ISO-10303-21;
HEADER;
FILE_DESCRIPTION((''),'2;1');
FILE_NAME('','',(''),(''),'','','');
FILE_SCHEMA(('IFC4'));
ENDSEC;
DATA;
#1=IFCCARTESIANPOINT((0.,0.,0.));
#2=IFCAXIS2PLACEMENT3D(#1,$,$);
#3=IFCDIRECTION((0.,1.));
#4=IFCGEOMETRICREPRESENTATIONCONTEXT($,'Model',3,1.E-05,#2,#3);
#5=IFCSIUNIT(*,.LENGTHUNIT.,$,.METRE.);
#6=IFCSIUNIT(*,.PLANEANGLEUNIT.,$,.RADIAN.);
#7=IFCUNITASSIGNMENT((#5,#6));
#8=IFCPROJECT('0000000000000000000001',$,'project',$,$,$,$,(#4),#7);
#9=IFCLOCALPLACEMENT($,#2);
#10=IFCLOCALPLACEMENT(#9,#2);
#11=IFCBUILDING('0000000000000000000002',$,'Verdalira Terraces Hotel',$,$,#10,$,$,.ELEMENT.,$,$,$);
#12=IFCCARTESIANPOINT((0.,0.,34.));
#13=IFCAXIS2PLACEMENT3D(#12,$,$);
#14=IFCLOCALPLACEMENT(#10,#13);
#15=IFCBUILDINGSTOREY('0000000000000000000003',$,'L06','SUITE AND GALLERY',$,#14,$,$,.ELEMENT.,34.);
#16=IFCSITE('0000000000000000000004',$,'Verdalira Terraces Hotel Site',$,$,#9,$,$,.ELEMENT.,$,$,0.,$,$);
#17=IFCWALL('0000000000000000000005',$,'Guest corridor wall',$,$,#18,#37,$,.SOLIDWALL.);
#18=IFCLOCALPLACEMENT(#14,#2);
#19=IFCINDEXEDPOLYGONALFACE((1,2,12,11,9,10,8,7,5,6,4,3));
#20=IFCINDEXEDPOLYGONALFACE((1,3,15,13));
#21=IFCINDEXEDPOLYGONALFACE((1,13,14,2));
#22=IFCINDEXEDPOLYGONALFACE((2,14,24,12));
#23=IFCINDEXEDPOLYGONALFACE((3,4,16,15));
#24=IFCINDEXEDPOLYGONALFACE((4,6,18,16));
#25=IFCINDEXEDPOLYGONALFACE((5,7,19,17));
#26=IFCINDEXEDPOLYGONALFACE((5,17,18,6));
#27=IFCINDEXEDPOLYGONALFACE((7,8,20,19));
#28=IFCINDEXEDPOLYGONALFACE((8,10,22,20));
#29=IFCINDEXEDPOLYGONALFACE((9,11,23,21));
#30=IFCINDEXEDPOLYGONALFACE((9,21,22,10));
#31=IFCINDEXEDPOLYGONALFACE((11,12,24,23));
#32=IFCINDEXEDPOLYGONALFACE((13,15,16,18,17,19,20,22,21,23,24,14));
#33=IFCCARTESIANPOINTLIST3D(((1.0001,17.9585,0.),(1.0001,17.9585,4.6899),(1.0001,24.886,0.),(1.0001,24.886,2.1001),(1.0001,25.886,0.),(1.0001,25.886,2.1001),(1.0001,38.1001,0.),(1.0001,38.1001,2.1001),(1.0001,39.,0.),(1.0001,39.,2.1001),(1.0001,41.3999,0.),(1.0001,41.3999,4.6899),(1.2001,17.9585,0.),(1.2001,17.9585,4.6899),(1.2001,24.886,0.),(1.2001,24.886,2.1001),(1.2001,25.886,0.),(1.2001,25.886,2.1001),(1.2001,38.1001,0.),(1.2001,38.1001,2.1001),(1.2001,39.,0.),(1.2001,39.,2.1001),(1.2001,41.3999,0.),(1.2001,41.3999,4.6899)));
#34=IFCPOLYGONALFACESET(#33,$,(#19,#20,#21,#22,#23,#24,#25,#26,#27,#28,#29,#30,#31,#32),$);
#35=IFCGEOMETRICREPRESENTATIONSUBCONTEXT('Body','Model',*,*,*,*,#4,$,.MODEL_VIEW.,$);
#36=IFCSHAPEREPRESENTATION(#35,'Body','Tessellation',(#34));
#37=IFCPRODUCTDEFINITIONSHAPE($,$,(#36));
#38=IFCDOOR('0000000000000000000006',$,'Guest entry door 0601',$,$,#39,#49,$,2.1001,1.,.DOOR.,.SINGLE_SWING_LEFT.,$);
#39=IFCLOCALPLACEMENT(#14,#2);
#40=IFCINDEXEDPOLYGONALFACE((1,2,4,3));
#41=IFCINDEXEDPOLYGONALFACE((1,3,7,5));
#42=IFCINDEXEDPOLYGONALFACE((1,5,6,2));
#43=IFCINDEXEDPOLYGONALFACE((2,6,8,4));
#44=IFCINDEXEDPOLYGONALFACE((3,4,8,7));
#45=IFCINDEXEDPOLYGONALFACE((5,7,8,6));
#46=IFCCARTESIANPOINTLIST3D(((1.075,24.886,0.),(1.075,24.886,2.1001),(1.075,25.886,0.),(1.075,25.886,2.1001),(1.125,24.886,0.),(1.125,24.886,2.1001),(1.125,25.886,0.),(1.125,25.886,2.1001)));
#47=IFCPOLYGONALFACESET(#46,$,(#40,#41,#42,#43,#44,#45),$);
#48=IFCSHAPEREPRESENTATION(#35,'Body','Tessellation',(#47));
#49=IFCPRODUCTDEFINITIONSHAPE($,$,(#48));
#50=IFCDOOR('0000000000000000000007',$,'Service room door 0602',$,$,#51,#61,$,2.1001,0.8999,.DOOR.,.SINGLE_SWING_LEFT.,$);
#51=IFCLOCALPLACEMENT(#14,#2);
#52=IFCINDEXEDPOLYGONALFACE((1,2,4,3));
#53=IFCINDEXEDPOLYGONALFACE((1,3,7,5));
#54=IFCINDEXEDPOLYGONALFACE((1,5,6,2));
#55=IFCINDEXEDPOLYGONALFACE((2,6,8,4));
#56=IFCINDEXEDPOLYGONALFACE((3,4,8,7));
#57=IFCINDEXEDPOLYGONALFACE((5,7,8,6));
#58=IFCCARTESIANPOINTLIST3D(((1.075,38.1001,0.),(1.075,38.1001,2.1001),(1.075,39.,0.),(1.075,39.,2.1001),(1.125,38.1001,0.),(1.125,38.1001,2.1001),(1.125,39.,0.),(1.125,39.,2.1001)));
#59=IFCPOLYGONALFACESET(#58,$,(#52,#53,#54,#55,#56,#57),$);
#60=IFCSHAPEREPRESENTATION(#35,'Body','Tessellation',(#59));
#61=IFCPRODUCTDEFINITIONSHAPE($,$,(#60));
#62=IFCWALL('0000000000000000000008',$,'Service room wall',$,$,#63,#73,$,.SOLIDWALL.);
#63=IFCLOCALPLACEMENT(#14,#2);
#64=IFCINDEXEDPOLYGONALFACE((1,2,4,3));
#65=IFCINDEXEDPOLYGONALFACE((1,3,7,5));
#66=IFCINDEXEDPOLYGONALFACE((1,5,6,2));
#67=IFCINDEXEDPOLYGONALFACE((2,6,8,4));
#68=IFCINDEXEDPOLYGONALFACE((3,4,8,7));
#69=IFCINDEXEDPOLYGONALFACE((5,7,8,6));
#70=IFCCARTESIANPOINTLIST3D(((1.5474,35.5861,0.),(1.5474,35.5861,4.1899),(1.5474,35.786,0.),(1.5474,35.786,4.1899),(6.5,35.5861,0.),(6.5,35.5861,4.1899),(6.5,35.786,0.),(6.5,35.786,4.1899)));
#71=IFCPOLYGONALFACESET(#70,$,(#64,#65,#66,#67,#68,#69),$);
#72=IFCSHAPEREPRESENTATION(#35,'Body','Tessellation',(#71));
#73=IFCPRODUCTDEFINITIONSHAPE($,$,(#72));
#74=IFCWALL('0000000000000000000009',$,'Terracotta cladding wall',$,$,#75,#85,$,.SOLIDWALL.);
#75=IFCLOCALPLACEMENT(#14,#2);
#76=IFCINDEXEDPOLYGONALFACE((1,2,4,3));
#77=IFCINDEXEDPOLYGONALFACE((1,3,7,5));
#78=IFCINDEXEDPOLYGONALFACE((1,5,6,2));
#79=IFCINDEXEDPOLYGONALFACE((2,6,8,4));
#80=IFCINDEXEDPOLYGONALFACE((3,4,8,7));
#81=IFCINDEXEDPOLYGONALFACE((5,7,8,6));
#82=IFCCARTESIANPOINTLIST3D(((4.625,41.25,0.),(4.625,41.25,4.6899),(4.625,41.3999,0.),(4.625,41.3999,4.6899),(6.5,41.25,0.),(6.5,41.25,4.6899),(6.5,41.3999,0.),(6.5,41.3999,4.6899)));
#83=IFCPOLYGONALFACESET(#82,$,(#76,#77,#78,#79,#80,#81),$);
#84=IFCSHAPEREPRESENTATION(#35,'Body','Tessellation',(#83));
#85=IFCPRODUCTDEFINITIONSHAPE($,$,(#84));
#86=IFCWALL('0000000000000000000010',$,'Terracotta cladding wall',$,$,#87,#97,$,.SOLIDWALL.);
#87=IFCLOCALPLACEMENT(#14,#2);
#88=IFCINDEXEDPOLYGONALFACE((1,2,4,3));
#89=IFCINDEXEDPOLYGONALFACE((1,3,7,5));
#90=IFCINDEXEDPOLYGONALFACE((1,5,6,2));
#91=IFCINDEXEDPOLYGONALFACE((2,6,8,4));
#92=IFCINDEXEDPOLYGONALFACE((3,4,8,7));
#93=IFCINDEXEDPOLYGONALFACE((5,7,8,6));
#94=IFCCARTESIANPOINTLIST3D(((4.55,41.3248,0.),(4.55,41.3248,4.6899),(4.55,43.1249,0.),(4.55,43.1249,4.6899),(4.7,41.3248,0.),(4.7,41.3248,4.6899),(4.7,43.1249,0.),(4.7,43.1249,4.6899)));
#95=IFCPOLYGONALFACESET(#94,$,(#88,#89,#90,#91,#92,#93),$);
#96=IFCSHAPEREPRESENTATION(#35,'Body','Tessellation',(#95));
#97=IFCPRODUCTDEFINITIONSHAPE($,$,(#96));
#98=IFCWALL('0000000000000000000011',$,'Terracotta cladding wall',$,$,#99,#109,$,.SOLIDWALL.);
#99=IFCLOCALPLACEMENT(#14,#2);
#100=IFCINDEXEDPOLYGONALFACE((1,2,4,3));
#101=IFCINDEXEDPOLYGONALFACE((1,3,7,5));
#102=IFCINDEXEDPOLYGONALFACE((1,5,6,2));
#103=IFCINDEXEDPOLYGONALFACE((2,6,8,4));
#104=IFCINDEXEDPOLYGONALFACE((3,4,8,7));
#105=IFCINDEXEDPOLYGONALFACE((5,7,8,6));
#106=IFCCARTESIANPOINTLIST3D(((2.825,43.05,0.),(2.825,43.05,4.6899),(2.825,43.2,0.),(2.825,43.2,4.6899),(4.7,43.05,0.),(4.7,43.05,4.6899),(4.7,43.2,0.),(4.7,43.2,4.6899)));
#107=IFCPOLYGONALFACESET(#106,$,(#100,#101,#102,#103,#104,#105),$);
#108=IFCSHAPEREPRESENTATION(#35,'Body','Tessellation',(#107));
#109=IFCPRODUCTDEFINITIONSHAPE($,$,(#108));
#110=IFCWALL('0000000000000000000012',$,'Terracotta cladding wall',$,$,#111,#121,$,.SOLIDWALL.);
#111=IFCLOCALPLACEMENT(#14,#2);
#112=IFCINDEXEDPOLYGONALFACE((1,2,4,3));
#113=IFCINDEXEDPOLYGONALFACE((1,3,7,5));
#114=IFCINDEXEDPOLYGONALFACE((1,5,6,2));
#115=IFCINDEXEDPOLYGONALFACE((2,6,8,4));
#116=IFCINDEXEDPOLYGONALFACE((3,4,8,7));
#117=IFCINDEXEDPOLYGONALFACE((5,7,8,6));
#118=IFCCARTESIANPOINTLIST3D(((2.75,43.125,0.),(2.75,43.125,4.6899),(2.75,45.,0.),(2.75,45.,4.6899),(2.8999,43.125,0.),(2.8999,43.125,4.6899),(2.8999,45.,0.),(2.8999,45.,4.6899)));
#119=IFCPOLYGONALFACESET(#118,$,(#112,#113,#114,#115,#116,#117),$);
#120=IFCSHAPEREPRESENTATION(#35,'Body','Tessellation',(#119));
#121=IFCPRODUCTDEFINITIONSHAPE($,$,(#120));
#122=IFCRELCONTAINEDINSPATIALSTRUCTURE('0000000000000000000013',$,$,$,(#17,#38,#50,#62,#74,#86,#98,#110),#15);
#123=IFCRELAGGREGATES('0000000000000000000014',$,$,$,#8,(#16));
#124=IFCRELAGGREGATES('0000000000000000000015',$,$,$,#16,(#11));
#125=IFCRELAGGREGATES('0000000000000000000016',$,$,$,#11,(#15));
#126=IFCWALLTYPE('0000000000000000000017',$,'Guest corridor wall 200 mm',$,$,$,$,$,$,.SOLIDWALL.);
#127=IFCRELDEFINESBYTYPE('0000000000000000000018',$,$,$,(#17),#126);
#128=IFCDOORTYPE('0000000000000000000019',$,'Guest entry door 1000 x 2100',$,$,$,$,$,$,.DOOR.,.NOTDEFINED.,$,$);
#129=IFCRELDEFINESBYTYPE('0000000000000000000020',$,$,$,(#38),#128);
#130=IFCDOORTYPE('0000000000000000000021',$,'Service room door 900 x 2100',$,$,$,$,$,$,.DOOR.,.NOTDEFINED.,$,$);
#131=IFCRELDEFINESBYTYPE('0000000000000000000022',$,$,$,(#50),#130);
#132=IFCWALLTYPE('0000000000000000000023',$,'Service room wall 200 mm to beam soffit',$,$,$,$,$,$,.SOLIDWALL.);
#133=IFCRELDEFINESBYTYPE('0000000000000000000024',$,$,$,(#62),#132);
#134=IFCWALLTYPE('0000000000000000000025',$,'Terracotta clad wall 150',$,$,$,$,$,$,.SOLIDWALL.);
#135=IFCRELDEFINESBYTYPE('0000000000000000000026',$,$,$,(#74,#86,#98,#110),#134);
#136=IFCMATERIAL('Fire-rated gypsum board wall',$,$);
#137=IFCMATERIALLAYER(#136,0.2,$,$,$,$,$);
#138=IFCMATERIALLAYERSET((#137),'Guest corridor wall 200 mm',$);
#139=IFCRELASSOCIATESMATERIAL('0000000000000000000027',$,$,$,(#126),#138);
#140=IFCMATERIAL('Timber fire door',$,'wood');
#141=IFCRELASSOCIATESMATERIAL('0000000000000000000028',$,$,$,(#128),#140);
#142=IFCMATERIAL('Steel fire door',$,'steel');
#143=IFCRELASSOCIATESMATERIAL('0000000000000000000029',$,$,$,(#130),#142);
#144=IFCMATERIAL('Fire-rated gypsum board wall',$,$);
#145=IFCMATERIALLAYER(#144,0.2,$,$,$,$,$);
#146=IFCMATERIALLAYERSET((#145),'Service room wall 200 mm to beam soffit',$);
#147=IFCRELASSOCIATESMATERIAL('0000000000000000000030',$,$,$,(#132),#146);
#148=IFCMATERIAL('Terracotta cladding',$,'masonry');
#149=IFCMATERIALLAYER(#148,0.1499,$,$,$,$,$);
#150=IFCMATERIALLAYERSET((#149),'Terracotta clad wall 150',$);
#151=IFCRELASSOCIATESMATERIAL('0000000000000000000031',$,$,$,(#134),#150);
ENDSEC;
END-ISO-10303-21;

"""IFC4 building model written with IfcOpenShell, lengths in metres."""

from ifc_helpers import new_model, si_unit, direction, frame, frame_2d, origin, place, context, subcontext, project, spatial, rectangle, extrude, material, layer, layer_set, type_object, element, fill, save


model = new_model("IFC4")

# Units and contexts
model_context = context("Model", 3, precision=1e-05, world=origin(), true_north=direction((0.0, 1.0)))
body_context = subcontext(model_context, "Body", "Model", "MODEL_VIEW")
ifc_project = project(units=[si_unit("LENGTHUNIT", "METRE"), si_unit("PLANEANGLEUNIT", "RADIAN")], contexts=[model_context])

# Site, building, storey
site_placement = place(None, origin())
site = spatial("IfcSite", under=ifc_project, at=site_placement, Name="Verdalira Terraces Hotel Site", CompositionType="ELEMENT", RefElevation=0.0)
building_placement = place(site_placement, origin())
building = spatial("IfcBuilding", under=site, at=building_placement, Name="Verdalira Terraces Hotel", CompositionType="ELEMENT")
storey_placement = place(building_placement, frame((0.0, 0.0, 34.0)))
storey = spatial("IfcBuildingStorey", under=building, at=storey_placement, Name="L06", Description="SUITE AND GALLERY", CompositionType="ELEMENT", Elevation=34.0)

# Shared definitions
ifc_material_1 = material(Name="Fire-rated gypsum board wall")
ifc_layer_1 = layer(ifc_material_1, 0.2)
ifc_layer_set_1 = layer_set([ifc_layer_1], Name="Guest corridor wall 200 mm")
wall_type_1 = type_object("IfcWallType", Name="Guest corridor wall 200 mm", PredefinedType="SOLIDWALL", material=ifc_layer_set_1)

# Wall, openings, doors
wall_1_placement = place(storey_placement, frame((1.1001, 41.3999, 0.0), z_axis=(0.0, 0.0, 1.0), x_axis=(0.0, -1.0, 0.0)))
wall_1 = element("IfcWall", 1, at=wall_1_placement, inside=storey, type_object=wall_type_1, Name="Guest corridor wall", PredefinedType="SOLIDWALL", context=body_context, shape_type="SweptSolid", body=[
    extrude(rectangle(XDim=23.4414, YDim=0.2, at=frame_2d((11.7207, 0.0))), origin(), (0.0, 0.0, 1.0), 4.6899),
])
opening_1_placement = place(wall_1_placement, frame((15.5139, 0.0, 0.0)))
opening_1 = element("IfcOpeningElement", 2, at=opening_1_placement, cuts=wall_1, PredefinedType="OPENING", context=body_context, shape_type="SweptSolid", body=[
    extrude(rectangle(XDim=1.0, YDim=2.1001, at=frame_2d((0.5, 1.05))), frame((0.0, 0.1099, 0.0), z_axis=(0.0, -1.0, 0.0), x_axis=(1.0, 0.0, 0.0)), (0.0, 0.0, 1.0), 0.22),
])
opening_2_placement = place(wall_1_placement, frame((2.3999, 0.0, 0.0)))
opening_2 = element("IfcOpeningElement", 3, at=opening_2_placement, cuts=wall_1, PredefinedType="OPENING", context=body_context, shape_type="SweptSolid", body=[
    extrude(rectangle(XDim=0.8999, YDim=2.1001, at=frame_2d((0.45, 1.05))), frame((0.0, 0.1099, 0.0), z_axis=(0.0, -1.0, 0.0), x_axis=(1.0, 0.0, 0.0)), (0.0, 0.0, 1.0), 0.22),
])
ifc_material_2 = material(Name="Timber fire door", Category="wood")
door_type_1 = type_object("IfcDoorType", Name="Guest entry door 1000 x 2100", OperationType="NOTDEFINED", PredefinedType="DOOR", material=ifc_material_2)
door_1_placement = place(opening_1_placement, origin())
door_1 = element("IfcDoor", 4, at=door_1_placement, inside=storey, type_object=door_type_1, Name="Guest entry door 0601", OperationType="SINGLE_SWING_LEFT", OverallHeight=2.1001, OverallWidth=1.0, PredefinedType="DOOR", context=body_context, shape_type="SweptSolid", body=[
    extrude(rectangle(XDim=1.0, YDim=2.1001, at=frame_2d((0.5, 1.05))), frame((0.0, 0.0249, 0.0), z_axis=(0.0, -1.0, 0.0), x_axis=(1.0, 0.0, 0.0)), (0.0, 0.0, 1.0), 0.05),
])
fill(opening_1, door_1)
ifc_material_3 = material(Name="Steel fire door", Category="steel")
door_type_2 = type_object("IfcDoorType", Name="Service room door 900 x 2100", OperationType="NOTDEFINED", PredefinedType="DOOR", material=ifc_material_3)
door_2_placement = place(opening_2_placement, origin())
door_2 = element("IfcDoor", 5, at=door_2_placement, inside=storey, type_object=door_type_2, Name="Service room door 0602", OperationType="SINGLE_SWING_LEFT", OverallHeight=2.1001, OverallWidth=0.8999, PredefinedType="DOOR", context=body_context, shape_type="SweptSolid", body=[
    extrude(rectangle(XDim=0.8999, YDim=2.1001, at=frame_2d((0.45, 1.05))), frame((0.0, 0.0249, 0.0), z_axis=(0.0, -1.0, 0.0), x_axis=(1.0, 0.0, 0.0)), (0.0, 0.0, 1.0), 0.05),
])
fill(opening_2, door_2)

# Walls
ifc_material_4 = material(Name="Fire-rated gypsum board wall")
ifc_layer_2 = layer(ifc_material_4, 0.2)
ifc_layer_set_2 = layer_set([ifc_layer_2], Name="Service room wall 200 mm to beam soffit")
wall_type_2 = type_object("IfcWallType", Name="Service room wall 200 mm to beam soffit", PredefinedType="SOLIDWALL", material=ifc_layer_set_2)
wall_2_placement = place(storey_placement, frame((6.5, 35.686, 0.0), z_axis=(0.0, 0.0, 1.0), x_axis=(-1.0, 0.0, 0.0)))
element("IfcWall", 6, at=wall_2_placement, inside=storey, type_object=wall_type_2, Name="Service room wall", PredefinedType="SOLIDWALL", context=body_context, shape_type="SweptSolid", body=[
    extrude(rectangle(XDim=4.9526, YDim=0.2, at=frame_2d((2.4763, 0.0))), origin(), (0.0, 0.0, 1.0), 4.1899),
])
ifc_material_5 = material(Name="Terracotta cladding", Category="masonry")
ifc_layer_3 = layer(ifc_material_5, 0.1499)
ifc_layer_set_3 = layer_set([ifc_layer_3], Name="Terracotta clad wall 150")
wall_type_3 = type_object("IfcWallType", Name="Terracotta clad wall 150", PredefinedType="SOLIDWALL", material=ifc_layer_set_3)
wall_3_placement = place(storey_placement, frame((6.5, 41.325, 0.0), z_axis=(0.0, 0.0, 1.0), x_axis=(-1.0, 0.0, 0.0)))
element("IfcWall", 7, at=wall_3_placement, inside=storey, type_object=wall_type_3, Name="Terracotta cladding wall", PredefinedType="SOLIDWALL", context=body_context, shape_type="SweptSolid", body=[
    extrude(rectangle(XDim=1.875, YDim=0.1499, at=frame_2d((0.9375, 0.0))), origin(), (0.0, 0.0, 1.0), 4.6899),
])
wall_4_placement = place(storey_placement, frame((4.625, 41.325, 0.0), z_axis=(0.0, 0.0, 1.0), x_axis=(0.0, 1.0, 0.0)))
element("IfcWall", 8, at=wall_4_placement, inside=storey, type_object=wall_type_3, Name="Terracotta cladding wall", PredefinedType="SOLIDWALL", context=body_context, shape_type="SweptSolid", body=[
    extrude(rectangle(XDim=1.8, YDim=0.1499, at=frame_2d((0.8999, 0.0))), origin(), (0.0, 0.0, 1.0), 4.6899),
])
for number, where, z_axis, x_axis, name in (
    (9, (4.7, 43.125, 0.0), (0.0, 0.0, 1.0), (-1.0, 0.0, 0.0), "Terracotta cladding wall"),
    (10, (2.825, 43.125, 0.0), (0.0, 0.0, 1.0), (0.0, 1.0, 0.0), "Terracotta cladding wall"),
):
    element("IfcWall", number, at=place(storey_placement, frame(where, z_axis=z_axis, x_axis=x_axis)), inside=storey, type_object=wall_type_3, Name=name, PredefinedType="SOLIDWALL", context=body_context, shape_type="SweptSolid", body=[
        extrude(rectangle(XDim=1.875, YDim=0.1499, at=frame_2d((0.9375, 0.0))), origin(), (0.0, 0.0, 1.0), 4.6899),
    ])

save(model, "model.ifc")
